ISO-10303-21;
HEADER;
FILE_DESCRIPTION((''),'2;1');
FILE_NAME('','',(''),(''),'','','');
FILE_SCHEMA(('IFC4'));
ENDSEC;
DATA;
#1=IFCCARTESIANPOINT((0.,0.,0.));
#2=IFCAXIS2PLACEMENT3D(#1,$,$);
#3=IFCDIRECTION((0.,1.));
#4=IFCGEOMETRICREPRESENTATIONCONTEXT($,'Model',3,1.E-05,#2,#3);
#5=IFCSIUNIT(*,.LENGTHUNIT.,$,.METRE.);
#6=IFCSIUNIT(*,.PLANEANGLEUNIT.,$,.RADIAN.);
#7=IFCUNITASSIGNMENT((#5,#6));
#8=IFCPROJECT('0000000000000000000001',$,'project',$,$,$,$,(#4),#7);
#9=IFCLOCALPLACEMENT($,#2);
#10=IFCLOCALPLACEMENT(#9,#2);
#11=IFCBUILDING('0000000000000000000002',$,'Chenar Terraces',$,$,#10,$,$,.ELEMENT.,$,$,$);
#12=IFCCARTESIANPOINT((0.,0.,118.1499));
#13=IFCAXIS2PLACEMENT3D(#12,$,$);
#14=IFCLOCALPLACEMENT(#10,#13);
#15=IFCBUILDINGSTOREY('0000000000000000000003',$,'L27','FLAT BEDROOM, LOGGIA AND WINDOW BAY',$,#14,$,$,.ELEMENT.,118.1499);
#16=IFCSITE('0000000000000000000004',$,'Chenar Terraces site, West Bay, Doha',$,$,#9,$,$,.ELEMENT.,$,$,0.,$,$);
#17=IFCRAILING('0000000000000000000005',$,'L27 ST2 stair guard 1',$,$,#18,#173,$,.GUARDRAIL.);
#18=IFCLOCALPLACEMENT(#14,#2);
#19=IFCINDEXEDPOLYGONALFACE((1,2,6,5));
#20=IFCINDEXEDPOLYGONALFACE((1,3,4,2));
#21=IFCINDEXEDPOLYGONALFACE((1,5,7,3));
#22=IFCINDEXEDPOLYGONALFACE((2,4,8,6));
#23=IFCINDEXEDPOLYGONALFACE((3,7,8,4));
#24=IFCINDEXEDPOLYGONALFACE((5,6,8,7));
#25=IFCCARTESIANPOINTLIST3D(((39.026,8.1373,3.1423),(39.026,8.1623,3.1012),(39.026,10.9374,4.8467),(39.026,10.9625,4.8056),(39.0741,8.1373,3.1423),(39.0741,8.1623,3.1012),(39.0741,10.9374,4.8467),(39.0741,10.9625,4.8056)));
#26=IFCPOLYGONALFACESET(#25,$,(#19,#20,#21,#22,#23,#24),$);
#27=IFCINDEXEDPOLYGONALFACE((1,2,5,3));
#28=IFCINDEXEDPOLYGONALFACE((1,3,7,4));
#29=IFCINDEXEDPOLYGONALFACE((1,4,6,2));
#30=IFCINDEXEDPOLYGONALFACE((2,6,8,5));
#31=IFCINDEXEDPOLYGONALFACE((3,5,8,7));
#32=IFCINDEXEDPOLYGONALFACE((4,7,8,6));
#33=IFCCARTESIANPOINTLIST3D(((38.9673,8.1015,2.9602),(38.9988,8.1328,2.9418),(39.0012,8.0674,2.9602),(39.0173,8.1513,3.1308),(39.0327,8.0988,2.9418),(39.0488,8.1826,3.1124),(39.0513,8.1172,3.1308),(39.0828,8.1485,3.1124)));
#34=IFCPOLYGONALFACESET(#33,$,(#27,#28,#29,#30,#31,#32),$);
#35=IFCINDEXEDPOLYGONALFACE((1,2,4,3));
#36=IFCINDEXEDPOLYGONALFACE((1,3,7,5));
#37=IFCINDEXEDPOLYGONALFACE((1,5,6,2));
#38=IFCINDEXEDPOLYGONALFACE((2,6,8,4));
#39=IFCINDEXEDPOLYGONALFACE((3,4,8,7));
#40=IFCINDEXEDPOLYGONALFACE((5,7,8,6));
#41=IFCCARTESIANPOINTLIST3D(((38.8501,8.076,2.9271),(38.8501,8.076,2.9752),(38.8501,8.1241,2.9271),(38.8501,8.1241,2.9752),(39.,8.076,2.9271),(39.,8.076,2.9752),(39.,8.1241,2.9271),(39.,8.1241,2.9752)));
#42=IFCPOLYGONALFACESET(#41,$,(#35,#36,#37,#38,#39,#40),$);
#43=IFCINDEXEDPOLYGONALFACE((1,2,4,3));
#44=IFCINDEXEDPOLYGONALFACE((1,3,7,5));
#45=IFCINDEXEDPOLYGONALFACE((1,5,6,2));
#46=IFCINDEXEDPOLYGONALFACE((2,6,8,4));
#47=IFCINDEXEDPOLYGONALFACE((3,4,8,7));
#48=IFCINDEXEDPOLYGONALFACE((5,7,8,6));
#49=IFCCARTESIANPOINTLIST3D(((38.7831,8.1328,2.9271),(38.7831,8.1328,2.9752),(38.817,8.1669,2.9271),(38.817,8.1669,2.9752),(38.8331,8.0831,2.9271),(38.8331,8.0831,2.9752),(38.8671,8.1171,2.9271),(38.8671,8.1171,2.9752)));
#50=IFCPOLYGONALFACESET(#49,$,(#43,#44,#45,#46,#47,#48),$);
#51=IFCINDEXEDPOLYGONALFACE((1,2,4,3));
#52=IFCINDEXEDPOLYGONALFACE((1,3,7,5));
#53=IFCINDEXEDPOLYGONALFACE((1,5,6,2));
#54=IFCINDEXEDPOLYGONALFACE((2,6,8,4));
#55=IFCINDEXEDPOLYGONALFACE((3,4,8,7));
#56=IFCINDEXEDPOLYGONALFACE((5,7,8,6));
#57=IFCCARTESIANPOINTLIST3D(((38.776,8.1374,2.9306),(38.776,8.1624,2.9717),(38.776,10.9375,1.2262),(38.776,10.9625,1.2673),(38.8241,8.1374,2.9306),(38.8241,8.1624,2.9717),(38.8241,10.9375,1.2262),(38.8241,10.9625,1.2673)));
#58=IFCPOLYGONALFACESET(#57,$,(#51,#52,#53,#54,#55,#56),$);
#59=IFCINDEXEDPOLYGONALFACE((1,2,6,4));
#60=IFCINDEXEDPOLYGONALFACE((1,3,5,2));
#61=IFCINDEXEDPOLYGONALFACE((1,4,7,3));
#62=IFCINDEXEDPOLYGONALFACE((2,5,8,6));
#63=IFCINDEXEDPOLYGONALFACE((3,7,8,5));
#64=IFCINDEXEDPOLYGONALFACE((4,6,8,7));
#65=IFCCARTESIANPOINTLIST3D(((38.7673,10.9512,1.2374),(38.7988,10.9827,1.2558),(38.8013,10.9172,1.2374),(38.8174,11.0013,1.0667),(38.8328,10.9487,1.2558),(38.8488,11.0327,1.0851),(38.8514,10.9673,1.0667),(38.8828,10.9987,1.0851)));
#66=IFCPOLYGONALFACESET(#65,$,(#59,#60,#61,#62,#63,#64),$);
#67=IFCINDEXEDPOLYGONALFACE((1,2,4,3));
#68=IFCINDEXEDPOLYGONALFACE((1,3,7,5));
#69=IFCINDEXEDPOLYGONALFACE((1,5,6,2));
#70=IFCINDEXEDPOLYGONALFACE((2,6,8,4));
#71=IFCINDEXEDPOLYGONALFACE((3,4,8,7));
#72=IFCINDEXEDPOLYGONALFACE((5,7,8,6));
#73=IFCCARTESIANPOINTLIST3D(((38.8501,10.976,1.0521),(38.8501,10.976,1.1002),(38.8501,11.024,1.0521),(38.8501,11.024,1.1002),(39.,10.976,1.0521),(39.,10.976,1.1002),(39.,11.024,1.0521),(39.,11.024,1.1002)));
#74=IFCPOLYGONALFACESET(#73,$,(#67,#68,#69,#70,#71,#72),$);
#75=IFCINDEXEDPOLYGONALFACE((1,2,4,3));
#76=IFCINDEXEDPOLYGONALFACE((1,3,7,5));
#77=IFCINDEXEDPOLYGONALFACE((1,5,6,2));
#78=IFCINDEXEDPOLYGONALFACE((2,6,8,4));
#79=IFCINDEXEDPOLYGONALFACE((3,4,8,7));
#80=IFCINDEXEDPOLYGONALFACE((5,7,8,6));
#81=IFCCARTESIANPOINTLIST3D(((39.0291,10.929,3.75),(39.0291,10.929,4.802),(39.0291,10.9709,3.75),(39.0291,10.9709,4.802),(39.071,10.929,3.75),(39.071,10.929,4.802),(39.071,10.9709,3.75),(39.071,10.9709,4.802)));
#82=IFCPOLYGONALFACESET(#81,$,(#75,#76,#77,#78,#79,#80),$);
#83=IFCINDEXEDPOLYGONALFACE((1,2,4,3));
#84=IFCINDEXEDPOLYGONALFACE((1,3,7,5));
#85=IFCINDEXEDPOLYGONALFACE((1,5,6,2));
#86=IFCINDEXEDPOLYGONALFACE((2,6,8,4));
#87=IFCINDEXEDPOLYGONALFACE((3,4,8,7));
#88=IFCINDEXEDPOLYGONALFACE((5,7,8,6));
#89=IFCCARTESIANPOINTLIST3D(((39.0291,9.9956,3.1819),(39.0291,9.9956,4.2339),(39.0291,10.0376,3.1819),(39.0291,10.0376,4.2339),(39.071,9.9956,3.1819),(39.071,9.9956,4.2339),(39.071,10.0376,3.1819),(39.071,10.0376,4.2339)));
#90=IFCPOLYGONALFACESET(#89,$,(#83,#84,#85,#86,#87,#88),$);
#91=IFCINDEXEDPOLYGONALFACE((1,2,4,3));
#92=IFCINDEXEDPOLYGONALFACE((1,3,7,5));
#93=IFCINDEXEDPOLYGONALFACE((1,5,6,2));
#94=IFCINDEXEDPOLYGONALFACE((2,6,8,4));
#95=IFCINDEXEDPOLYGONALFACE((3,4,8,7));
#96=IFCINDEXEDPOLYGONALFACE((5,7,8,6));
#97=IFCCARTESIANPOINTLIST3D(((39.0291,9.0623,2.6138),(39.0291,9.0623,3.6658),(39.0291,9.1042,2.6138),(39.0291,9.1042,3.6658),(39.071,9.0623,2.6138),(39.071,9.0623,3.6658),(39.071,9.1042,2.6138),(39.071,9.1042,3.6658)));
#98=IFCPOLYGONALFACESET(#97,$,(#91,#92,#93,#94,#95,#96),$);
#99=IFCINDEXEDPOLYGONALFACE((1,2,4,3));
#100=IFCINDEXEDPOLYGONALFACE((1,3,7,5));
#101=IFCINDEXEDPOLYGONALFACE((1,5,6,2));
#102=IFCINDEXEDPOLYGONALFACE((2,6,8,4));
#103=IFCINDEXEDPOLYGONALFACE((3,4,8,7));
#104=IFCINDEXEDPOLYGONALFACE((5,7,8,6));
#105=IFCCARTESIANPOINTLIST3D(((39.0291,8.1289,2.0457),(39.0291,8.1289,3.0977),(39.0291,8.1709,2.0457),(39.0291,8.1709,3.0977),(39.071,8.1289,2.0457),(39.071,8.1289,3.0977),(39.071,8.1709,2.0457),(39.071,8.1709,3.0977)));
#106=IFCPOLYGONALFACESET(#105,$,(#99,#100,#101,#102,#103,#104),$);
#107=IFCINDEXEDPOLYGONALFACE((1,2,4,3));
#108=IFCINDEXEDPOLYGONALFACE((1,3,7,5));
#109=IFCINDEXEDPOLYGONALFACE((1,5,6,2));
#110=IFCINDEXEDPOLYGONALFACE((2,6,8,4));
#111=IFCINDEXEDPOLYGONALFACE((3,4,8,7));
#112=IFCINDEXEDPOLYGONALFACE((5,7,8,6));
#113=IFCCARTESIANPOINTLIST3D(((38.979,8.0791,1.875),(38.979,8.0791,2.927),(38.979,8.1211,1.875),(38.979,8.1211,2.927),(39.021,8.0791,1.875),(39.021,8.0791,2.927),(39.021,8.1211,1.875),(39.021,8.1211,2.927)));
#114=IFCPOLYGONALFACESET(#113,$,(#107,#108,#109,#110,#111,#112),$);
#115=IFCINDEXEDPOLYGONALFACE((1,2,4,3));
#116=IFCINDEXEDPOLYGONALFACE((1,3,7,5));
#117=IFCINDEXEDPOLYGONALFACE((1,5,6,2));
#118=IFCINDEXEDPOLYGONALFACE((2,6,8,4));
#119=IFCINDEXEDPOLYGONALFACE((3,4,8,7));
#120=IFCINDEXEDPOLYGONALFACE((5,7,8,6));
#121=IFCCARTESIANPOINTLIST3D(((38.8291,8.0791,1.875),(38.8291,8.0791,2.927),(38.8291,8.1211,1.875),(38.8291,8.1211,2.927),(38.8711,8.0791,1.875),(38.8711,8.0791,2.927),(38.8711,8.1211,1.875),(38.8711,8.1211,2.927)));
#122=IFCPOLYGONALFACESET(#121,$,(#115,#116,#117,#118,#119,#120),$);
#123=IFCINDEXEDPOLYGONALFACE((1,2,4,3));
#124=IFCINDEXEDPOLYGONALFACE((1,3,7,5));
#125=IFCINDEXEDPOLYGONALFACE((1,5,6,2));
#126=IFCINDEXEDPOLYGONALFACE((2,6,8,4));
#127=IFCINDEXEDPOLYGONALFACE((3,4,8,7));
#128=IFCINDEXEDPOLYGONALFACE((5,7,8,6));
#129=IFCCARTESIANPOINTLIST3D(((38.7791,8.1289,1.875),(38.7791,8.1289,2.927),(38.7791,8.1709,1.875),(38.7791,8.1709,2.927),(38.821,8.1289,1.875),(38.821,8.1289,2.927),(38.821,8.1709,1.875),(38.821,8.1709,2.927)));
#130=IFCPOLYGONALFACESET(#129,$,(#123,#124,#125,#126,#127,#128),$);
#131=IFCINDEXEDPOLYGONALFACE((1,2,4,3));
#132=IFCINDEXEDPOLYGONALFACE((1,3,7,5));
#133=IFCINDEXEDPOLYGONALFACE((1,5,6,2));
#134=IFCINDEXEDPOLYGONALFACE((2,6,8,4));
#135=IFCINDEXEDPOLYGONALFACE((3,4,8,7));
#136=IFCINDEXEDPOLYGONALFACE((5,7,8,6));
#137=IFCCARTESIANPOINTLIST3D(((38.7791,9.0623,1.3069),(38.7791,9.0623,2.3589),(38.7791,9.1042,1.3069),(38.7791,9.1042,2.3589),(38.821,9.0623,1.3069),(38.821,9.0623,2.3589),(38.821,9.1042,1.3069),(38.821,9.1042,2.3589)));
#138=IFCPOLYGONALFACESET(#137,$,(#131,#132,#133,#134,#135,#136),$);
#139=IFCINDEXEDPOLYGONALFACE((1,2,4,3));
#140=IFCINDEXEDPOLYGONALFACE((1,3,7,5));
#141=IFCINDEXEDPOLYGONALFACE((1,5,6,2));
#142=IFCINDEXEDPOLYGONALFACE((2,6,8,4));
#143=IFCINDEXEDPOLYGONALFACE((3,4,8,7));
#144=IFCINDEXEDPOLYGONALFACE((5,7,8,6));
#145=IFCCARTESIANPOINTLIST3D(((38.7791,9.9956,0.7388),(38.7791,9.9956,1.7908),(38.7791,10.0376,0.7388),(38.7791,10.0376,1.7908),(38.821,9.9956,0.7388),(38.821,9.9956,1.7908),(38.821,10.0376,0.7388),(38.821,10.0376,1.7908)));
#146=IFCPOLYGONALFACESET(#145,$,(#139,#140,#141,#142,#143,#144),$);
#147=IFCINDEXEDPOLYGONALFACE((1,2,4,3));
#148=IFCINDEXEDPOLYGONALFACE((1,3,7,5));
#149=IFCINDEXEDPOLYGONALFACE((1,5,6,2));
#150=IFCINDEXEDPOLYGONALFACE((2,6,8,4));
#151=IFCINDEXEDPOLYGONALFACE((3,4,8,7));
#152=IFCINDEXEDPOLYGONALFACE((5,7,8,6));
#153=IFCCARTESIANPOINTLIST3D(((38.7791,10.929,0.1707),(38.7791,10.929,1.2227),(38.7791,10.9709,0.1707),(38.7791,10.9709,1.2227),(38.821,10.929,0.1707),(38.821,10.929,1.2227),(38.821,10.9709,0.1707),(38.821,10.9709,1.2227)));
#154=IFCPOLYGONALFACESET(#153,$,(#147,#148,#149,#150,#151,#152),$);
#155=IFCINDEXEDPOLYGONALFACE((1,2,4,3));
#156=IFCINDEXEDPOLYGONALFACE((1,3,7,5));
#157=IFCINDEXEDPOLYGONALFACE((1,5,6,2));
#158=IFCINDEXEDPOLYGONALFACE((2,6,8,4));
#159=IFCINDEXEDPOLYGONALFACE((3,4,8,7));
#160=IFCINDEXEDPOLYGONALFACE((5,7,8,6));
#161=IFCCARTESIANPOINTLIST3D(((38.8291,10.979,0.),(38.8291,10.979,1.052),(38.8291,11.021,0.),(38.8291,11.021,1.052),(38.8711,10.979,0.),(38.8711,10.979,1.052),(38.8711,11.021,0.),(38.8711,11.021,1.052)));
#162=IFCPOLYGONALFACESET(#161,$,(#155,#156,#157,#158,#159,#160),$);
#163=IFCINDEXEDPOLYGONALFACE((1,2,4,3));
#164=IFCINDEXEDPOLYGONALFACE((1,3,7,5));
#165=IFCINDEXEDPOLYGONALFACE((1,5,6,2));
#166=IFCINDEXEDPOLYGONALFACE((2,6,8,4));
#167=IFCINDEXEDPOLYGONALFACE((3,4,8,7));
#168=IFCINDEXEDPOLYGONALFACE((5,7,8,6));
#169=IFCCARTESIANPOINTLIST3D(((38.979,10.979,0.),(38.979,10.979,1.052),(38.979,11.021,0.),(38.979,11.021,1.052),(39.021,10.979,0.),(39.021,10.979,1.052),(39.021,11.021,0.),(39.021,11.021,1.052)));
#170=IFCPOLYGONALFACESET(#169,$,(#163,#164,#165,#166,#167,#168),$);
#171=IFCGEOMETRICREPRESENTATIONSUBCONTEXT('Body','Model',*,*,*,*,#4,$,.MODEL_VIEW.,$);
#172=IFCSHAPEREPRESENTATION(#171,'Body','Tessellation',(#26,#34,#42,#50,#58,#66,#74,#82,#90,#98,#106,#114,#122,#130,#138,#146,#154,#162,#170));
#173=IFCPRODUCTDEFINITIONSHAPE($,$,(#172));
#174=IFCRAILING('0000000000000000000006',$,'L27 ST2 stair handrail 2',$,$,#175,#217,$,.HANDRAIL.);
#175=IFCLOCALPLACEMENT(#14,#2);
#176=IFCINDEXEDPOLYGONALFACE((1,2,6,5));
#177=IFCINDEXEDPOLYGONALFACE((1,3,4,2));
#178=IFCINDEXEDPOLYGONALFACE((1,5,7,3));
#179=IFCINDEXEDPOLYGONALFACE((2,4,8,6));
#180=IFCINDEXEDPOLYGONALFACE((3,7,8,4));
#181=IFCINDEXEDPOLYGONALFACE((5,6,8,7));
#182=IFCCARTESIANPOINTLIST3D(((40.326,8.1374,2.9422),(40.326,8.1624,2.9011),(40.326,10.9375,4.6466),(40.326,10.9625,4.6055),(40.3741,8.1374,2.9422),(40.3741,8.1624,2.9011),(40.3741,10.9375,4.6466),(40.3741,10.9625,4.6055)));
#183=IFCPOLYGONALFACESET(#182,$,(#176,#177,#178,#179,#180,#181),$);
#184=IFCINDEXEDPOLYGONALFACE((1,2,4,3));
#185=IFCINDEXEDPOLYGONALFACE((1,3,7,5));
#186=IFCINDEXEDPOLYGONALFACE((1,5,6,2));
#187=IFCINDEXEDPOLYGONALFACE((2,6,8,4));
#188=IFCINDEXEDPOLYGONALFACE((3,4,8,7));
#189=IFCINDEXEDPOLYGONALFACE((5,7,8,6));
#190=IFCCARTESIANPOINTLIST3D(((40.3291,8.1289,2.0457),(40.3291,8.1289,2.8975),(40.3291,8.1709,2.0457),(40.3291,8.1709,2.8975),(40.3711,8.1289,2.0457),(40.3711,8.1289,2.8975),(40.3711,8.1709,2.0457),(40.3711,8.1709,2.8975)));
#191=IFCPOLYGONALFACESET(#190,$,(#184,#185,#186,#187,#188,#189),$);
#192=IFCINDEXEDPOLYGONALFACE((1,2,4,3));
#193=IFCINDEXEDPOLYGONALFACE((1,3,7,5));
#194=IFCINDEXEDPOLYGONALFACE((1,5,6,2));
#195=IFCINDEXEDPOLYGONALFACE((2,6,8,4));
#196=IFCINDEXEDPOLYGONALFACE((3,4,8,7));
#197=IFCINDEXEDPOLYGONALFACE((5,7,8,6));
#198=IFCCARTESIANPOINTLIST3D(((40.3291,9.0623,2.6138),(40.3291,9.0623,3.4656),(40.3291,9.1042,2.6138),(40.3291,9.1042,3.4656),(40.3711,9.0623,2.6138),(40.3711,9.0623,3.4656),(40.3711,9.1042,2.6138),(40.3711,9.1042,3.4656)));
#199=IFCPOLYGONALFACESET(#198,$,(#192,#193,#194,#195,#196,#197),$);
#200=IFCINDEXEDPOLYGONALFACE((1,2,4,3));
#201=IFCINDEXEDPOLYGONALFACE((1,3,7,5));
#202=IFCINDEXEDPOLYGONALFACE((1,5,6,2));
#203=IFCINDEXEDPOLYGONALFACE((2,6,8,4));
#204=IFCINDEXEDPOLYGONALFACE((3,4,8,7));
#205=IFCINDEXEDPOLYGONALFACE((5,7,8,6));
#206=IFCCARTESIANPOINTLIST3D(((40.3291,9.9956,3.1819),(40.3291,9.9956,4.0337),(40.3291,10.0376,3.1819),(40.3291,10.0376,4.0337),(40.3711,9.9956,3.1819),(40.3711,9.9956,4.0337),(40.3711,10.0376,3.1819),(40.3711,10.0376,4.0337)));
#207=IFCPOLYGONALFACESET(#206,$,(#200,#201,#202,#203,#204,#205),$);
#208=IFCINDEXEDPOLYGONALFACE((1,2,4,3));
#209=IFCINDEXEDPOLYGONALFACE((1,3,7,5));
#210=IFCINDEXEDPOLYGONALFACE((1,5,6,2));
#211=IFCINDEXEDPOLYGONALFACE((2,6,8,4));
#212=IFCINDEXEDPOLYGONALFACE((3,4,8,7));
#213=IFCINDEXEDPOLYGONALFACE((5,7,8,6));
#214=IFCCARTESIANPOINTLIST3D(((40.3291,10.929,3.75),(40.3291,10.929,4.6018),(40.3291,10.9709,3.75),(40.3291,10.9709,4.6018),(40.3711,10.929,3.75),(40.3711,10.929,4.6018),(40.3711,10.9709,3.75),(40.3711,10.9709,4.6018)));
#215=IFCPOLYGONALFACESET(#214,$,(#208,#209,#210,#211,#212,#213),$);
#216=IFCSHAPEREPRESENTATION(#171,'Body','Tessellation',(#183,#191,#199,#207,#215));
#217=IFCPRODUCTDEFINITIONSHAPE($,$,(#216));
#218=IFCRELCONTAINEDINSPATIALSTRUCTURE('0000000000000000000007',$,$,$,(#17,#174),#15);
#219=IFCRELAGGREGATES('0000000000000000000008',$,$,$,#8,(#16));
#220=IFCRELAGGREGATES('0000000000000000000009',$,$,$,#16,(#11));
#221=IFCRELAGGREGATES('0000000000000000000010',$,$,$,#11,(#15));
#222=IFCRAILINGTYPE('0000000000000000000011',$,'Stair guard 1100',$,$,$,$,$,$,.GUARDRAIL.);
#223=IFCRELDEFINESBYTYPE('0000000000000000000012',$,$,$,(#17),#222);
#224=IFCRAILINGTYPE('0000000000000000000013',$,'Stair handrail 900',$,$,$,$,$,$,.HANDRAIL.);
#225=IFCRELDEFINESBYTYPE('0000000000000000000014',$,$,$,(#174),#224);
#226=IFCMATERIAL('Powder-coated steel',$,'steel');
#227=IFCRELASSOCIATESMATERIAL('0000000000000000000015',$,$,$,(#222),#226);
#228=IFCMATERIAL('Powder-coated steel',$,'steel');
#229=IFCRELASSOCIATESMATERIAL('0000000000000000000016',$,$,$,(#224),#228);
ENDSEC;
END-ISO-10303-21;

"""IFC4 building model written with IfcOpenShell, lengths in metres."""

from ifc_helpers import new_model, si_unit, direction, frame, origin, origin_2d, place, context, subcontext, project, spatial, rectangle, extrude, material, type_object, element, save


model = new_model("IFC4")

# Units and contexts
model_context = context("Model", 3, precision=1e-05, world=origin(), true_north=direction((0.0, 1.0)))
body_context = subcontext(model_context, "Body", "Model", "MODEL_VIEW")
ifc_project = project(units=[si_unit("LENGTHUNIT", "METRE"), si_unit("PLANEANGLEUNIT", "RADIAN")], contexts=[model_context])

# Site, building, storey
site_placement = place(None, origin())
site = spatial("IfcSite", under=ifc_project, at=site_placement, Name="Chenar Terraces site, West Bay, Doha", CompositionType="ELEMENT", RefElevation=0.0)
building_placement = place(site_placement, origin())
building = spatial("IfcBuilding", under=site, at=building_placement, Name="Chenar Terraces", CompositionType="ELEMENT")
storey_placement = place(building_placement, frame((0.0, 0.0, 118.1499)))
storey = spatial("IfcBuildingStorey", under=building, at=storey_placement, Name="L27", Description="FLAT BEDROOM, LOGGIA AND WINDOW BAY", CompositionType="ELEMENT", Elevation=118.1499)

# Railings
ifc_material_1 = material(Name="Powder-coated steel", Category="steel")
railing_type_1 = type_object("IfcRailingType", Name="Stair guard 1100", PredefinedType="GUARDRAIL", material=ifc_material_1)
railing_1_placement = place(storey_placement, frame((39.05, 10.95, 3.75)))
element("IfcRailing", 1, at=railing_1_placement, inside=storey, type_object=railing_type_1, Name="L27 ST2 stair guard 1", PredefinedType="GUARDRAIL", context=body_context, shape_type="SweptSolid", body=[
    extrude(rectangle(XDim=0.0481, YDim=0.0481, at=origin_2d()), frame((0.0, 0.0, 1.0762), z_axis=(0.0, -0.854203, -0.51994), x_axis=(1.0, 0.0, 0.0)), (0.0, 0.0, 1.0), 3.2781),
    extrude(rectangle(XDim=0.0481, YDim=0.0481, at=origin_2d()), frame((0.0, -2.8, -0.6284), z_axis=(-0.270997, -0.269675, -0.924033), x_axis=(0.705376, -0.708834, 0.0)), (0.0, 0.0, 1.0), 0.1846),
    extrude(rectangle(XDim=0.0481, YDim=0.0481, at=origin_2d()), frame((-0.05, -2.8499, -0.7988), z_axis=(-1.0, 0.0, 0.0), x_axis=(0.0, -1.0, 0.0)), (0.0, 0.0, 1.0), 0.1499),
    extrude(rectangle(XDim=0.0481, YDim=0.0481, at=origin_2d()), frame((-0.2, -2.8499, -0.7988), z_axis=(-0.708834, 0.705376, 0.0), x_axis=(-0.705376, -0.708834, 0.0)), (0.0, 0.0, 1.0), 0.0706),
    extrude(rectangle(XDim=0.0481, YDim=0.0481, at=origin_2d()), frame((-0.25, -2.8, -0.7988), z_axis=(0.0, 0.854203, -0.51994), x_axis=(-1.0, 0.0, 0.0)), (0.0, 0.0, 1.0), 3.2781),
    extrude(rectangle(XDim=0.0481, YDim=0.0481, at=origin_2d()), frame((-0.25, 0.0, -2.5034), z_axis=(0.2709, 0.2709, -0.923703), x_axis=(-0.707107, 0.707107, 0.0)), (0.0, 0.0, 1.0), 0.1848),
    extrude(rectangle(XDim=0.0481, YDim=0.0481, at=origin_2d()), frame((-0.2, 0.05, -2.6738), z_axis=(1.0, 0.0, 0.0), x_axis=(0.0, 1.0, 0.0)), (0.0, 0.0, 1.0), 0.1499),
    extrude(rectangle(XDim=0.042, YDim=0.042, at=origin_2d()), origin(), (0.0, 0.0, 1.0), 1.052),
    extrude(rectangle(XDim=0.042, YDim=0.042, at=origin_2d()), frame((0.0, -0.9333, -0.5681)), (0.0, 0.0, 1.0), 1.052),
    extrude(rectangle(XDim=0.042, YDim=0.042, at=origin_2d()), frame((0.0, -1.8667, -1.1362)), (0.0, 0.0, 1.0), 1.052),
    extrude(rectangle(XDim=0.042, YDim=0.042, at=origin_2d()), frame((0.0, -2.8, -1.7043)), (0.0, 0.0, 1.0), 1.052),
    extrude(rectangle(XDim=0.042, YDim=0.042, at=origin_2d()), frame((-0.05, -2.8499, -1.875)), (0.0, 0.0, 1.0), 1.052),
    extrude(rectangle(XDim=0.042, YDim=0.042, at=origin_2d()), frame((-0.2, -2.8499, -1.875)), (0.0, 0.0, 1.0), 1.052),
    extrude(rectangle(XDim=0.042, YDim=0.042, at=origin_2d()), frame((-0.25, -2.8, -1.875)), (0.0, 0.0, 1.0), 1.052),
    extrude(rectangle(XDim=0.042, YDim=0.042, at=origin_2d()), frame((-0.25, -1.8667, -2.4431)), (0.0, 0.0, 1.0), 1.052),
    extrude(rectangle(XDim=0.042, YDim=0.042, at=origin_2d()), frame((-0.25, -0.9333, -3.0112)), (0.0, 0.0, 1.0), 1.052),
    extrude(rectangle(XDim=0.042, YDim=0.042, at=origin_2d()), frame((-0.25, 0.0, -3.5793)), (0.0, 0.0, 1.0), 1.052),
    extrude(rectangle(XDim=0.042, YDim=0.042, at=origin_2d()), frame((-0.2, 0.05, -3.75)), (0.0, 0.0, 1.0), 1.052),
    extrude(rectangle(XDim=0.042, YDim=0.042, at=origin_2d()), frame((-0.05, 0.05, -3.75)), (0.0, 0.0, 1.0), 1.052),
])
ifc_material_2 = material(Name="Powder-coated steel", Category="steel")
railing_type_2 = type_object("IfcRailingType", Name="Stair handrail 900", PredefinedType="HANDRAIL", material=ifc_material_2)
railing_2_placement = place(storey_placement, frame((40.3501, 8.1499, 2.0457)))
element("IfcRailing", 2, at=railing_2_placement, inside=storey, type_object=railing_type_2, Name="L27 ST2 stair handrail 2", PredefinedType="HANDRAIL", context=body_context, shape_type="SweptSolid", body=[
    extrude(rectangle(XDim=0.0481, YDim=0.0481, at=origin_2d()), frame((0.0, 0.0, 0.876), z_axis=(0.0, 0.854203, 0.51994), x_axis=(-1.0, 0.0, 0.0)), (0.0, 0.0, 1.0), 3.2781),
    extrude(rectangle(XDim=0.042, YDim=0.042, at=origin_2d()), origin(), (0.0, 0.0, 1.0), 0.8518),
    extrude(rectangle(XDim=0.042, YDim=0.042, at=origin_2d()), frame((0.0, 0.9333, 0.5681)), (0.0, 0.0, 1.0), 0.8518),
    extrude(rectangle(XDim=0.042, YDim=0.042, at=origin_2d()), frame((0.0, 1.8667, 1.1362)), (0.0, 0.0, 1.0), 0.8518),
    extrude(rectangle(XDim=0.042, YDim=0.042, at=origin_2d()), frame((0.0, 2.8, 1.7043)), (0.0, 0.0, 1.0), 0.8518),
])

save(model, "model.ifc")
